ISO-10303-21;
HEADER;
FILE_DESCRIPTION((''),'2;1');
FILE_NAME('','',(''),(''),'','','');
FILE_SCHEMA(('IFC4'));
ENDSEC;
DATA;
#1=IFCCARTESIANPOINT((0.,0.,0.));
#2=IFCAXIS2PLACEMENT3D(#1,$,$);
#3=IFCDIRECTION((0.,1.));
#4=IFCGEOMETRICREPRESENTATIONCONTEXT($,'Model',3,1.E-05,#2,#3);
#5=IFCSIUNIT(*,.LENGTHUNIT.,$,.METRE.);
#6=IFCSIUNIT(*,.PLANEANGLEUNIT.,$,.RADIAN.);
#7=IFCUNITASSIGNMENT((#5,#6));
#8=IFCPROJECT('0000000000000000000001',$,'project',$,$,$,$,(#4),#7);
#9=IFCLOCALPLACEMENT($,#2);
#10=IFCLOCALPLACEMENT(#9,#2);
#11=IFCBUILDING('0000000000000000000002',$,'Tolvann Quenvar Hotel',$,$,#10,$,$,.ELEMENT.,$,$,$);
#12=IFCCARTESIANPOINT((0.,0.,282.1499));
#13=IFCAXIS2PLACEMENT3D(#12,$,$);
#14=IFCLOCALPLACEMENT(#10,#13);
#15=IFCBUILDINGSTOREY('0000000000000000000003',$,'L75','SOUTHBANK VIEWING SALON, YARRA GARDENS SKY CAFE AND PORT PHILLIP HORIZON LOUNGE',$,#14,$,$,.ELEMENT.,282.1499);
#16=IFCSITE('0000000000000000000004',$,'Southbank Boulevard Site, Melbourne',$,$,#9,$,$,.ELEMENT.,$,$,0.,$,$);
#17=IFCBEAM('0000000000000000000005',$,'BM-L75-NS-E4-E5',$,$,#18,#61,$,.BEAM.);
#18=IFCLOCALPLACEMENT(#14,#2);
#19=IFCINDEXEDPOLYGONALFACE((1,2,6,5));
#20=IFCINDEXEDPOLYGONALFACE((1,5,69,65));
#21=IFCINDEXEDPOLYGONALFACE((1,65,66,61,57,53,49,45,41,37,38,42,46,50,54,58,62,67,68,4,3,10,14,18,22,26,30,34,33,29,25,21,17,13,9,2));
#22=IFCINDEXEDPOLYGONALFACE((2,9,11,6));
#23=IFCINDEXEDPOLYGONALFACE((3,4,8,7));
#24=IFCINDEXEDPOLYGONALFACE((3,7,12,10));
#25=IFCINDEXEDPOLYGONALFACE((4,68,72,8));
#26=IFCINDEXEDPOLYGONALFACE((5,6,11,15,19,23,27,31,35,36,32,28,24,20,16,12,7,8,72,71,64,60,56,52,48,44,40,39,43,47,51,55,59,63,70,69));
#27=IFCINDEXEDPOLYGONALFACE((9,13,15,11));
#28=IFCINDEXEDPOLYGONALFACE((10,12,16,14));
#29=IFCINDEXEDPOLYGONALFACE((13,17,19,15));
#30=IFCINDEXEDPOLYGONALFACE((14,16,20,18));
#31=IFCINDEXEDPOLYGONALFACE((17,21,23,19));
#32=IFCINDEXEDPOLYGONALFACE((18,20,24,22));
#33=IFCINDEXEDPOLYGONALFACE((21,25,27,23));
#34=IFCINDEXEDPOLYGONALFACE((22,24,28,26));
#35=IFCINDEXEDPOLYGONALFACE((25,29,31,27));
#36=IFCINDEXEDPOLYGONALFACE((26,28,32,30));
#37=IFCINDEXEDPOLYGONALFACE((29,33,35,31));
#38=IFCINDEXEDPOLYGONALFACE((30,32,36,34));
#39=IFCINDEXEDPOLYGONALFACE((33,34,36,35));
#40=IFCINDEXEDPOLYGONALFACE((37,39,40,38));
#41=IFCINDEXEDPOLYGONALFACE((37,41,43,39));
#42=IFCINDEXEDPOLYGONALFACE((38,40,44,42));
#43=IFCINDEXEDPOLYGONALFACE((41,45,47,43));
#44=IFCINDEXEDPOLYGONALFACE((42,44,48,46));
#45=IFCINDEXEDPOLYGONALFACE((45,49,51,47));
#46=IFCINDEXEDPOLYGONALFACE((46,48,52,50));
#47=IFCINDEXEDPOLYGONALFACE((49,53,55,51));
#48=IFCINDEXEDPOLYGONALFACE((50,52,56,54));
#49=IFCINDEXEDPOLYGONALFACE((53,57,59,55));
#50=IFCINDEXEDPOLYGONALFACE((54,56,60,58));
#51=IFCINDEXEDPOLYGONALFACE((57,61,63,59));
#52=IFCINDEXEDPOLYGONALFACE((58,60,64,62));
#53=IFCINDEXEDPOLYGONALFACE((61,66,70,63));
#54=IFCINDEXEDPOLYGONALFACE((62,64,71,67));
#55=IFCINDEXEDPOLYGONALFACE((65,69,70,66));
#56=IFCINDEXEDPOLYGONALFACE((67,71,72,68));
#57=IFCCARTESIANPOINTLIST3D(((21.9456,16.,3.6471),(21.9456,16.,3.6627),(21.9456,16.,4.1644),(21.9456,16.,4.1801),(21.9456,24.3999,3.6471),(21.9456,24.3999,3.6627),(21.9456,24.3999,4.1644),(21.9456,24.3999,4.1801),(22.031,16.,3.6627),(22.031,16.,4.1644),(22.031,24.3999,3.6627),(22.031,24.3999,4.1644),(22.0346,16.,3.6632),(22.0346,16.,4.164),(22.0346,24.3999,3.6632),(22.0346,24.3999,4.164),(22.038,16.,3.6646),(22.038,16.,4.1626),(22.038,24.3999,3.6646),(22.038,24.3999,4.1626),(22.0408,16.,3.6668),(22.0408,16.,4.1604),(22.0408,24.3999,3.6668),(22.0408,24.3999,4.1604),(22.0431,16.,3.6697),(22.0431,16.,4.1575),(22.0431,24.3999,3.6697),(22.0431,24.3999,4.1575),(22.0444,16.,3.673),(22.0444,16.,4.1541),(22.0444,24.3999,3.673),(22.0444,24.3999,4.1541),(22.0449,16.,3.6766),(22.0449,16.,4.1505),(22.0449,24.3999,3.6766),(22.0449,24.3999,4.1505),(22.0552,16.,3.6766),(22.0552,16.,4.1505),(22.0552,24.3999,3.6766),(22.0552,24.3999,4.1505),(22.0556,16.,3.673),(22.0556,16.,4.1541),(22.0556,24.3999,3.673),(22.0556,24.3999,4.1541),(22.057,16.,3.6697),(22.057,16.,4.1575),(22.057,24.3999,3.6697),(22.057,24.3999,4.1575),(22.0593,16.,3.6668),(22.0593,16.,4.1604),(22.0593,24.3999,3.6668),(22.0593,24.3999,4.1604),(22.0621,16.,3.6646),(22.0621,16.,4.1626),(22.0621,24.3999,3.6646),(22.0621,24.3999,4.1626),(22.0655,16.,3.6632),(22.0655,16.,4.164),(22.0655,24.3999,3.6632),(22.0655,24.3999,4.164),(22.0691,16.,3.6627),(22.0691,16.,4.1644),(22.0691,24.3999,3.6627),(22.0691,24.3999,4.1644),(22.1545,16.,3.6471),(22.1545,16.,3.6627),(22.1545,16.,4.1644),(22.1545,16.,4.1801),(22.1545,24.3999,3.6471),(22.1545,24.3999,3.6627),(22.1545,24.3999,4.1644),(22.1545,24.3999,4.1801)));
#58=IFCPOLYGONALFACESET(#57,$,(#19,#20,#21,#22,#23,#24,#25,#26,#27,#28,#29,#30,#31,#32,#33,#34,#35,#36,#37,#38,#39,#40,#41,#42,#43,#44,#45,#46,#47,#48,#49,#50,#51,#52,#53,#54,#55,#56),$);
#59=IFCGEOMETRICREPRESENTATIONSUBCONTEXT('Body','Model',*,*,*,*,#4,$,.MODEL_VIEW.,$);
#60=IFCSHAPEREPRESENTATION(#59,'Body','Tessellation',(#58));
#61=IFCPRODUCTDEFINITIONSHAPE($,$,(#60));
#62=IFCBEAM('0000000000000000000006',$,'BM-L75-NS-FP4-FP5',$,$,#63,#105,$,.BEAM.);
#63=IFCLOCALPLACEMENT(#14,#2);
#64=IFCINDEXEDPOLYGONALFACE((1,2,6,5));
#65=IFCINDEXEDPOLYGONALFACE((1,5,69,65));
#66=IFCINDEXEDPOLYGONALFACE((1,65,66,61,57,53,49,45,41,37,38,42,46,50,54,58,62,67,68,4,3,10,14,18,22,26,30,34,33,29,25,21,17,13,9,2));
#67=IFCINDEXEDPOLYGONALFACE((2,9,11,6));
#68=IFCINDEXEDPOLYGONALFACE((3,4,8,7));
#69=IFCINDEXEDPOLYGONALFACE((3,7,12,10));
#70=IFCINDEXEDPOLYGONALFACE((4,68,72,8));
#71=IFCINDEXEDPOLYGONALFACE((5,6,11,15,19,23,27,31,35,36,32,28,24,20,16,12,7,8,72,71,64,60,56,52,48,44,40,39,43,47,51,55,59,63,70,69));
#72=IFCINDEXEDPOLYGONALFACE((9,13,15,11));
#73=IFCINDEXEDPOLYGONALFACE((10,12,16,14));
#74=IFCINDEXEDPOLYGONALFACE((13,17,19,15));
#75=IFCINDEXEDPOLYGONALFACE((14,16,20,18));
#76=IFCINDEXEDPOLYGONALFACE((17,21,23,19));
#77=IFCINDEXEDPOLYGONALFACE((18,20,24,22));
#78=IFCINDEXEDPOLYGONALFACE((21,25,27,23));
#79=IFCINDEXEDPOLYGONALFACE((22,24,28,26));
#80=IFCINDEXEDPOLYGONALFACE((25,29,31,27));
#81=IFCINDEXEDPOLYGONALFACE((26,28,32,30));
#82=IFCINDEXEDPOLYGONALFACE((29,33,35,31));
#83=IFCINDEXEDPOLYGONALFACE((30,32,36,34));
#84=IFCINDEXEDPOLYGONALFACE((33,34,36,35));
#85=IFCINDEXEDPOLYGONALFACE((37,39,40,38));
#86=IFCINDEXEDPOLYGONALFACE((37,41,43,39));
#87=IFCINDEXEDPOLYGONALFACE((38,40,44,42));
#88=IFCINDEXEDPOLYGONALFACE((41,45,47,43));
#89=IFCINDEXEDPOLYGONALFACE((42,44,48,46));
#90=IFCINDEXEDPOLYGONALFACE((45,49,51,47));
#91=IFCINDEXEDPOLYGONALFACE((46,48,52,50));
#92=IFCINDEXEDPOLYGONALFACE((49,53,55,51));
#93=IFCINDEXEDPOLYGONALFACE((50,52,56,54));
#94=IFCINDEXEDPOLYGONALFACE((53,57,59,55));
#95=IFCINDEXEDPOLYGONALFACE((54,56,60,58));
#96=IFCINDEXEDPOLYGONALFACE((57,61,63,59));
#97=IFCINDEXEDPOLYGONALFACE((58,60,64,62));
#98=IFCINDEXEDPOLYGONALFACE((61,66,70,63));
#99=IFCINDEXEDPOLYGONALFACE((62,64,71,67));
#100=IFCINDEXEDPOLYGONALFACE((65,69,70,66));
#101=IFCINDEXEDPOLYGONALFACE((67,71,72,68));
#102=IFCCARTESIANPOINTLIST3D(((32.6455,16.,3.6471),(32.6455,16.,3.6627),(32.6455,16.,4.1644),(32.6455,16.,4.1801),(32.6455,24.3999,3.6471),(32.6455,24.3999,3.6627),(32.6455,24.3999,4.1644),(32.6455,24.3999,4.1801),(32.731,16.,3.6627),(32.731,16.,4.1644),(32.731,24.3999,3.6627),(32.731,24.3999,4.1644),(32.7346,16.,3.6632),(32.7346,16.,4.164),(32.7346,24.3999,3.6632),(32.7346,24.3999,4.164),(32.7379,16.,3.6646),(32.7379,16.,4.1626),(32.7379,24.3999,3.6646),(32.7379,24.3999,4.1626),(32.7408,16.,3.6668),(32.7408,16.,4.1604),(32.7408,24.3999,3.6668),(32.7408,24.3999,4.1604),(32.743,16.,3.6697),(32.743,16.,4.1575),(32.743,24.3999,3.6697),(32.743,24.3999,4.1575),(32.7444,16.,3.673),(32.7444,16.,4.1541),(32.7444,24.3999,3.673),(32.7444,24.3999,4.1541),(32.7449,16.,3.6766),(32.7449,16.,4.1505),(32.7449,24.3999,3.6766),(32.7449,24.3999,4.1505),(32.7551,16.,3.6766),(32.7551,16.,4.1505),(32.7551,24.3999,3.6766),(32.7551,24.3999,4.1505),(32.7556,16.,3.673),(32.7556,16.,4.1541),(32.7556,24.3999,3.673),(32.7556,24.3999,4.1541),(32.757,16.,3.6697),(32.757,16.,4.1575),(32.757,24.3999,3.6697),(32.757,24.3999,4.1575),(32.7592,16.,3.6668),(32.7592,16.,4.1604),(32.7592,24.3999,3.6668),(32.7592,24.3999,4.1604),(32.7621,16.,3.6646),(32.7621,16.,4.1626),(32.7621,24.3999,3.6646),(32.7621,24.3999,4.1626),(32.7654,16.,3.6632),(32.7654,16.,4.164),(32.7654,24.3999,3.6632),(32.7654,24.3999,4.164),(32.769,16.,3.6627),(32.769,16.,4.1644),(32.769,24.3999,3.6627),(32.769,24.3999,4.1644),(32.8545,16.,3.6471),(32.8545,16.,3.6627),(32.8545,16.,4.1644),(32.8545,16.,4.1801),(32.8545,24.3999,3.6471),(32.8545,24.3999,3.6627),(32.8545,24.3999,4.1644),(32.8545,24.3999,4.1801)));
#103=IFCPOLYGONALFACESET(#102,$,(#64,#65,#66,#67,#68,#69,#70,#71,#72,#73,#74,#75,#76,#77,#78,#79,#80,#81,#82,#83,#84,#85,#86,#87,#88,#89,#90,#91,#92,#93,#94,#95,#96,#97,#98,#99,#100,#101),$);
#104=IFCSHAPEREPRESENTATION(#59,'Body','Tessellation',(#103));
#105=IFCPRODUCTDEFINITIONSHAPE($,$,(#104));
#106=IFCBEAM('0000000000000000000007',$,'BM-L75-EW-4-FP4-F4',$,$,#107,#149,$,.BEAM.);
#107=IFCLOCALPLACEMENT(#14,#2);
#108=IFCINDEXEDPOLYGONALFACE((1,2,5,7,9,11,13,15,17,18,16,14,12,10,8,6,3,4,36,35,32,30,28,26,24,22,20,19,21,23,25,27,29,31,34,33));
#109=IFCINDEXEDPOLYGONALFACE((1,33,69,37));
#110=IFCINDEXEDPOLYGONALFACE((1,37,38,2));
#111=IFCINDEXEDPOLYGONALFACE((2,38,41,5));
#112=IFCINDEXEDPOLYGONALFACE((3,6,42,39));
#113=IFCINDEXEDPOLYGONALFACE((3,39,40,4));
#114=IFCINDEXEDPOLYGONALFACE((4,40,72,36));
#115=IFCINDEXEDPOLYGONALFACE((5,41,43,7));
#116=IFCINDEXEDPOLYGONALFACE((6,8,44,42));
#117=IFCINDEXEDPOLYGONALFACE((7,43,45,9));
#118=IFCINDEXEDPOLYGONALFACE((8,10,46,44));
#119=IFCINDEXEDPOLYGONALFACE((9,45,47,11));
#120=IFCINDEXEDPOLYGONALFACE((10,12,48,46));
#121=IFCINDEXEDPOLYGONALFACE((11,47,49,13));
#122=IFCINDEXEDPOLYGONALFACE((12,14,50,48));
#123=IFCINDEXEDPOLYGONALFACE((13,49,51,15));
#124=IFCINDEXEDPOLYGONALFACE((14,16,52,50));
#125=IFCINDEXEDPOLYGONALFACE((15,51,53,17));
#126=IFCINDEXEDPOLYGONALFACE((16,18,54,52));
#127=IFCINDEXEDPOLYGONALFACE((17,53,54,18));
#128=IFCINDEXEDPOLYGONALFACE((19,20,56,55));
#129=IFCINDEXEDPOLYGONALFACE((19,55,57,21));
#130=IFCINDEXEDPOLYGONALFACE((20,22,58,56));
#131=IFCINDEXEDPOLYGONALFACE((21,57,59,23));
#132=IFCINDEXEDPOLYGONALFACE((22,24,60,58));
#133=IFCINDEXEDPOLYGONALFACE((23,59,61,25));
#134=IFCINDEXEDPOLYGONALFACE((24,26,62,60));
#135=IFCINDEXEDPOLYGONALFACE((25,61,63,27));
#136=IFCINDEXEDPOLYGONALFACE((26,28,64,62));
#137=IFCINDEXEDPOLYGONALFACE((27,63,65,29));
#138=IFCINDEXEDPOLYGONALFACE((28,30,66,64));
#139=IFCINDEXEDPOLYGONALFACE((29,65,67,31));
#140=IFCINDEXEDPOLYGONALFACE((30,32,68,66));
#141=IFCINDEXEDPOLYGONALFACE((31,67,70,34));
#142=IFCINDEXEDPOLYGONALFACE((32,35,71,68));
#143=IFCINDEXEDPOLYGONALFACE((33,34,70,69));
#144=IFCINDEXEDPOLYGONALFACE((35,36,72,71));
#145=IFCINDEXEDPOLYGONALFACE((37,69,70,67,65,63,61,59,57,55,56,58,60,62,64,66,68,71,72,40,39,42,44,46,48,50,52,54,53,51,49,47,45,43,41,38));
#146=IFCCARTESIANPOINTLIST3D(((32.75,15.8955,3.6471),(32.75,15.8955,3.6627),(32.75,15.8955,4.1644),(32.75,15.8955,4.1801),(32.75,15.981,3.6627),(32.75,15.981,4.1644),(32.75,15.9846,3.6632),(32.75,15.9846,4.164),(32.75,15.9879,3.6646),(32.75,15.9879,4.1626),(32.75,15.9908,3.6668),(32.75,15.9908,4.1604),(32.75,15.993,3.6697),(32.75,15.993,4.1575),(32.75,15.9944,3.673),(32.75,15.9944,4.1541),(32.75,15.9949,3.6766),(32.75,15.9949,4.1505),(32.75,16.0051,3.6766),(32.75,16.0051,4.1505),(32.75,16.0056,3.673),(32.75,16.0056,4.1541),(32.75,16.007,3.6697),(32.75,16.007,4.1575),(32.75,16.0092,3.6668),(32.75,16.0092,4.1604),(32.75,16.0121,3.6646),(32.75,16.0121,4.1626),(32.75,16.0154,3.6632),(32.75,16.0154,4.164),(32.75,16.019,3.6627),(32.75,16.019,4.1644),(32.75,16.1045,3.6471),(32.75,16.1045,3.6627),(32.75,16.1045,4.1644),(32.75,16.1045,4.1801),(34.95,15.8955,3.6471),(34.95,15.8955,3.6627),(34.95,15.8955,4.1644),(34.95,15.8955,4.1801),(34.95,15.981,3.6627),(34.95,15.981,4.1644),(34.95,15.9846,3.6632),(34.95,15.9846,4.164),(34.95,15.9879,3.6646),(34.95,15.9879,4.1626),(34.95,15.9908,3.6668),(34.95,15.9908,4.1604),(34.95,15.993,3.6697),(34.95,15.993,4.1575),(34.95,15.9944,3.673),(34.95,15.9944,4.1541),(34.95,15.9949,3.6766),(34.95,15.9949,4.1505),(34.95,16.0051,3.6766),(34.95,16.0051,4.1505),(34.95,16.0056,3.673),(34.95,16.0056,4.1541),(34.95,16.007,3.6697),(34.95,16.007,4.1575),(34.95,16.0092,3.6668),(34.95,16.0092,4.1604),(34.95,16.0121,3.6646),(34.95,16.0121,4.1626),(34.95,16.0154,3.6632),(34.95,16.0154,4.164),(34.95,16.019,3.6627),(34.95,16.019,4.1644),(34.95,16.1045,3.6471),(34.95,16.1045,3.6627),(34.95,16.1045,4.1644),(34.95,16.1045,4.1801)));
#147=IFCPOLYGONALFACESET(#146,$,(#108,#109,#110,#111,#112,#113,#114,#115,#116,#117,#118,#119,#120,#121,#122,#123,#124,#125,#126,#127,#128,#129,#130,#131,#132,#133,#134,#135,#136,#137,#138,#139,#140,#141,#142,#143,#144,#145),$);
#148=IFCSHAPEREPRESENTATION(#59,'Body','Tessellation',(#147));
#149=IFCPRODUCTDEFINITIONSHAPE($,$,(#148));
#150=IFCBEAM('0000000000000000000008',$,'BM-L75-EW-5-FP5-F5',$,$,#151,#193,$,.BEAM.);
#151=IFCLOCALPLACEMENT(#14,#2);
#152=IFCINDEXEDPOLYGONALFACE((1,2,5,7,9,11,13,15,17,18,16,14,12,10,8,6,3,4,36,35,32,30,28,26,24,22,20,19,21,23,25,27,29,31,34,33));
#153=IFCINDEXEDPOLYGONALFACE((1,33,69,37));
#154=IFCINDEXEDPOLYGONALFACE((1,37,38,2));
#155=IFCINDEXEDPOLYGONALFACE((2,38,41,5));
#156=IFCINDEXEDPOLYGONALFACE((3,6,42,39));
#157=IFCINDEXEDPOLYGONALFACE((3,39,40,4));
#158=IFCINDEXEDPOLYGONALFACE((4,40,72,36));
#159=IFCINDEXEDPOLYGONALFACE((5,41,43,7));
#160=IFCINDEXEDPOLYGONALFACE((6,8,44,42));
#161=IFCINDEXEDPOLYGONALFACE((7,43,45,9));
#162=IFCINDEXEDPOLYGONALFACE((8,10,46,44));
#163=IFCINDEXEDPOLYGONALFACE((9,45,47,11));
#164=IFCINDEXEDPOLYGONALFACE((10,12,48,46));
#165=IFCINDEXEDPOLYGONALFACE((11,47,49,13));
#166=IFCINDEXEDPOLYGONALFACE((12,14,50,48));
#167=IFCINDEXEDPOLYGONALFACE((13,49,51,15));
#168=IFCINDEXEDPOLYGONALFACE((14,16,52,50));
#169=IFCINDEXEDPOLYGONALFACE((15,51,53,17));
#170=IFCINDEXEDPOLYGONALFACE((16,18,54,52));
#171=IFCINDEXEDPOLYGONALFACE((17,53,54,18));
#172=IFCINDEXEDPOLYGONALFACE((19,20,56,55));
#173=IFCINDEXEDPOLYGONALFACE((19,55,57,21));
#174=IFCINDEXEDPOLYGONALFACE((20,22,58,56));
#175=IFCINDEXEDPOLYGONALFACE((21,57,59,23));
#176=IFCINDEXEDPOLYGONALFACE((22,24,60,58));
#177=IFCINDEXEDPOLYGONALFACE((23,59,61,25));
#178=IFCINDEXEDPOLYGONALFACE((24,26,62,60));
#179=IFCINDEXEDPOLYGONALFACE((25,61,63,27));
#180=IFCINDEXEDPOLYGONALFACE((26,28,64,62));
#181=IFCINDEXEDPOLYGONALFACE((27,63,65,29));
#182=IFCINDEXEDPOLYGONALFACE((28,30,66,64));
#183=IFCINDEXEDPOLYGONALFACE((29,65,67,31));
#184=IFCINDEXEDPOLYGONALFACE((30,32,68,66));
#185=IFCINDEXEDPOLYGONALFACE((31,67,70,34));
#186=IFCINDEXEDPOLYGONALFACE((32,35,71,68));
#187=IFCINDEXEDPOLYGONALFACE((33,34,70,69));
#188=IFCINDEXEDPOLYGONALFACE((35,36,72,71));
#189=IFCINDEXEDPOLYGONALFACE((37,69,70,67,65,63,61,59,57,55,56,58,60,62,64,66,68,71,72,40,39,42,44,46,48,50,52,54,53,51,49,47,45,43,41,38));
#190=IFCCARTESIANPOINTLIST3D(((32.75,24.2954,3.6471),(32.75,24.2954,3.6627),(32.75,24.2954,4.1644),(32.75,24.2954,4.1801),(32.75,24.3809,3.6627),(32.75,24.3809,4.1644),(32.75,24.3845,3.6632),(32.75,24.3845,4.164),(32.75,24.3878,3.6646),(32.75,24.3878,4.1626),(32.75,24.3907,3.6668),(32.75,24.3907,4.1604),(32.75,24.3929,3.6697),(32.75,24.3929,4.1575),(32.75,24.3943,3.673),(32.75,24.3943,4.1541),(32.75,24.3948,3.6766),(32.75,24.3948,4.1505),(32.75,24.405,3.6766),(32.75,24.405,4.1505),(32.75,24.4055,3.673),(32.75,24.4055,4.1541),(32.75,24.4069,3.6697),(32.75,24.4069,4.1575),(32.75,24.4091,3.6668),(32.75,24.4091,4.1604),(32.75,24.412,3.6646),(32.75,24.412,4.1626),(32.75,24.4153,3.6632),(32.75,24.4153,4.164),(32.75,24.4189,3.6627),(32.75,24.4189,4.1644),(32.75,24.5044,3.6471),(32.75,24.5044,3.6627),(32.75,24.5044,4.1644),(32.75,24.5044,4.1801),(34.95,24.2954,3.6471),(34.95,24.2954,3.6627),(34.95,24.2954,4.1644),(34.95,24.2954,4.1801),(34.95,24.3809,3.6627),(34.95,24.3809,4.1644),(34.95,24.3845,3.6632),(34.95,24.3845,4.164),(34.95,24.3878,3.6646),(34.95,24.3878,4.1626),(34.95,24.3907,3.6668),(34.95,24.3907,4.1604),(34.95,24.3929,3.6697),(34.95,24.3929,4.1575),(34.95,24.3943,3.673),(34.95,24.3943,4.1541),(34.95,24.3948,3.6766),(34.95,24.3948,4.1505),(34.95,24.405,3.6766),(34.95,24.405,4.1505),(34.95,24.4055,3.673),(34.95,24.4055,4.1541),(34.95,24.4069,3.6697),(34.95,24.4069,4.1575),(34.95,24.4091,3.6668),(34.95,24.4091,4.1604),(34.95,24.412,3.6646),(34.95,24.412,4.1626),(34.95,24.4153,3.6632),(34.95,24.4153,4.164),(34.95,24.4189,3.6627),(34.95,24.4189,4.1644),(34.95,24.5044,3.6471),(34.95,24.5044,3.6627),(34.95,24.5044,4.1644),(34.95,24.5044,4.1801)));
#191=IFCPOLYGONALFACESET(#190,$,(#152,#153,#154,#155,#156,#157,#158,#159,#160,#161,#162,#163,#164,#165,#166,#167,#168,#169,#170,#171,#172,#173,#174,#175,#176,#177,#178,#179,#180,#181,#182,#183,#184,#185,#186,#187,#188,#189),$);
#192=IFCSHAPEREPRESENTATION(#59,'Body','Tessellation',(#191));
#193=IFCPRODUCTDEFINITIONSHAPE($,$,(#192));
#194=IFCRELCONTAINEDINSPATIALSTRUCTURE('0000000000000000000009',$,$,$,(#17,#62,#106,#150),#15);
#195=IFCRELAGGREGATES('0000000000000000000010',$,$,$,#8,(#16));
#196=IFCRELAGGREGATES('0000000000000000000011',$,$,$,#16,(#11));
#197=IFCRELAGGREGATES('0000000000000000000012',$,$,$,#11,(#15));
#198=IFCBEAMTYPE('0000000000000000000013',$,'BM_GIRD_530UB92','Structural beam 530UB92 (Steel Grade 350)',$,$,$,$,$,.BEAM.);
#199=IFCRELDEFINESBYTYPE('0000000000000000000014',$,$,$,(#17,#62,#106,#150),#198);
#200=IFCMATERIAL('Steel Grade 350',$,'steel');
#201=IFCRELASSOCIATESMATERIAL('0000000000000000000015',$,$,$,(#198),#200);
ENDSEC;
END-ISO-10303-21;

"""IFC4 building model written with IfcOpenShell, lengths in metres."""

from ifc_helpers import new_model, si_unit, direction, frame, origin, origin_2d, place, context, subcontext, project, spatial, i_section, extrude, source, transform, mapped, material, material_profile, profile_set, type_object, element, save


model = new_model("IFC4")

# Units and contexts
model_context = context("Model", 3, precision=1e-05, world=origin(), true_north=direction((0.0, 1.0)))
body_context = subcontext(model_context, "Body", "Model", "MODEL_VIEW")
ifc_project = project(units=[si_unit("LENGTHUNIT", "METRE"), si_unit("PLANEANGLEUNIT", "RADIAN")], contexts=[model_context])

# Site, building, storey
site_placement = place(None, origin())
site = spatial("IfcSite", under=ifc_project, at=site_placement, Name="Southbank Boulevard Site, Melbourne", CompositionType="ELEMENT", RefElevation=0.0)
building_placement = place(site_placement, origin())
building = spatial("IfcBuilding", under=site, at=building_placement, Name="Tolvann Quenvar Hotel", CompositionType="ELEMENT")
storey_placement = place(building_placement, frame((0.0, 0.0, 282.1499)))
storey = spatial("IfcBuildingStorey", under=building, at=storey_placement, Name="L75", Description="SOUTHBANK VIEWING SALON, YARRA GARDENS SKY CAFE AND PORT PHILLIP HORIZON LOUNGE", CompositionType="ELEMENT", Elevation=282.1499)

# Shared definitions
ifc_material_1 = material(Name="Steel Grade 350", Category="steel")

# Beams
ifc_material_profile_1 = material_profile(ifc_material_1, i_section(OverallWidth=0.209, OverallDepth=0.533, WebThickness=0.0103, FlangeThickness=0.0156, FilletRadius=0.0139, at=origin_2d()), Name="530UB92")
ifc_profile_set_1 = profile_set([ifc_material_profile_1], Name="Steel Grade 350")
beam_type_1 = type_object("IfcBeamType", Name="BM_GIRD_530UB92", Description="Structural beam 530UB92 (Steel Grade 350)", PredefinedType="BEAM", material=ifc_profile_set_1)
shared_shape_1 = source(origin(), body_context, "Body", "SweptSolid", [
    extrude(i_section(OverallWidth=0.209, OverallDepth=0.533, WebThickness=0.0103, FlangeThickness=0.0156, FilletRadius=0.0139, at=origin_2d()), origin(), (0.0, 0.0, 1.0), 8.3999),
])
for number, where, z_axis, x_axis, name in (
    (1, (22.05, 16.0, 3.9136), (0.0, 1.0, 0.0), (-1.0, 0.0, 0.0), "BM-L75-NS-E4-E5"),
    (2, (32.75, 16.0, 3.9136), (0.0, 1.0, 0.0), (-1.0, 0.0, 0.0), "BM-L75-NS-FP4-FP5"),
):
    element("IfcBeam", number, at=place(storey_placement, frame(where, z_axis=z_axis, x_axis=x_axis)), inside=storey, type_object=beam_type_1, Name=name, PredefinedType="BEAM", context=body_context, shape_type="MappedRepresentation", body=[
        mapped(shared_shape_1, transform((0.0, 0.0, 0.0), x_axis=(1.0, 0.0, 0.0), y_axis=(0.0, 1.0, 0.0), z_axis=(0.0, 0.0, 1.0), scale=1.0)),
    ])
shared_shape_2 = source(origin(), body_context, "Body", "SweptSolid", [
    extrude(i_section(OverallWidth=0.209, OverallDepth=0.533, WebThickness=0.0103, FlangeThickness=0.0156, FilletRadius=0.0139, at=origin_2d()), origin(), (0.0, 0.0, 1.0), 2.2),
])
for number, where, z_axis, x_axis, name in (
    (3, (32.75, 16.0, 3.9136), (1.0, 0.0, 0.0), (0.0, 1.0, 0.0), "BM-L75-EW-4-FP4-F4"),
    (4, (32.75, 24.3999, 3.9136), (1.0, 0.0, 0.0), (0.0, 1.0, 0.0), "BM-L75-EW-5-FP5-F5"),
):
    element("IfcBeam", number, at=place(storey_placement, frame(where, z_axis=z_axis, x_axis=x_axis)), inside=storey, type_object=beam_type_1, Name=name, PredefinedType="BEAM", context=body_context, shape_type="MappedRepresentation", body=[
        mapped(shared_shape_2, transform((0.0, 0.0, 0.0), x_axis=(1.0, 0.0, 0.0), y_axis=(0.0, 1.0, 0.0), z_axis=(0.0, 0.0, 1.0), scale=1.0)),
    ])

save(model, "model.ifc")
